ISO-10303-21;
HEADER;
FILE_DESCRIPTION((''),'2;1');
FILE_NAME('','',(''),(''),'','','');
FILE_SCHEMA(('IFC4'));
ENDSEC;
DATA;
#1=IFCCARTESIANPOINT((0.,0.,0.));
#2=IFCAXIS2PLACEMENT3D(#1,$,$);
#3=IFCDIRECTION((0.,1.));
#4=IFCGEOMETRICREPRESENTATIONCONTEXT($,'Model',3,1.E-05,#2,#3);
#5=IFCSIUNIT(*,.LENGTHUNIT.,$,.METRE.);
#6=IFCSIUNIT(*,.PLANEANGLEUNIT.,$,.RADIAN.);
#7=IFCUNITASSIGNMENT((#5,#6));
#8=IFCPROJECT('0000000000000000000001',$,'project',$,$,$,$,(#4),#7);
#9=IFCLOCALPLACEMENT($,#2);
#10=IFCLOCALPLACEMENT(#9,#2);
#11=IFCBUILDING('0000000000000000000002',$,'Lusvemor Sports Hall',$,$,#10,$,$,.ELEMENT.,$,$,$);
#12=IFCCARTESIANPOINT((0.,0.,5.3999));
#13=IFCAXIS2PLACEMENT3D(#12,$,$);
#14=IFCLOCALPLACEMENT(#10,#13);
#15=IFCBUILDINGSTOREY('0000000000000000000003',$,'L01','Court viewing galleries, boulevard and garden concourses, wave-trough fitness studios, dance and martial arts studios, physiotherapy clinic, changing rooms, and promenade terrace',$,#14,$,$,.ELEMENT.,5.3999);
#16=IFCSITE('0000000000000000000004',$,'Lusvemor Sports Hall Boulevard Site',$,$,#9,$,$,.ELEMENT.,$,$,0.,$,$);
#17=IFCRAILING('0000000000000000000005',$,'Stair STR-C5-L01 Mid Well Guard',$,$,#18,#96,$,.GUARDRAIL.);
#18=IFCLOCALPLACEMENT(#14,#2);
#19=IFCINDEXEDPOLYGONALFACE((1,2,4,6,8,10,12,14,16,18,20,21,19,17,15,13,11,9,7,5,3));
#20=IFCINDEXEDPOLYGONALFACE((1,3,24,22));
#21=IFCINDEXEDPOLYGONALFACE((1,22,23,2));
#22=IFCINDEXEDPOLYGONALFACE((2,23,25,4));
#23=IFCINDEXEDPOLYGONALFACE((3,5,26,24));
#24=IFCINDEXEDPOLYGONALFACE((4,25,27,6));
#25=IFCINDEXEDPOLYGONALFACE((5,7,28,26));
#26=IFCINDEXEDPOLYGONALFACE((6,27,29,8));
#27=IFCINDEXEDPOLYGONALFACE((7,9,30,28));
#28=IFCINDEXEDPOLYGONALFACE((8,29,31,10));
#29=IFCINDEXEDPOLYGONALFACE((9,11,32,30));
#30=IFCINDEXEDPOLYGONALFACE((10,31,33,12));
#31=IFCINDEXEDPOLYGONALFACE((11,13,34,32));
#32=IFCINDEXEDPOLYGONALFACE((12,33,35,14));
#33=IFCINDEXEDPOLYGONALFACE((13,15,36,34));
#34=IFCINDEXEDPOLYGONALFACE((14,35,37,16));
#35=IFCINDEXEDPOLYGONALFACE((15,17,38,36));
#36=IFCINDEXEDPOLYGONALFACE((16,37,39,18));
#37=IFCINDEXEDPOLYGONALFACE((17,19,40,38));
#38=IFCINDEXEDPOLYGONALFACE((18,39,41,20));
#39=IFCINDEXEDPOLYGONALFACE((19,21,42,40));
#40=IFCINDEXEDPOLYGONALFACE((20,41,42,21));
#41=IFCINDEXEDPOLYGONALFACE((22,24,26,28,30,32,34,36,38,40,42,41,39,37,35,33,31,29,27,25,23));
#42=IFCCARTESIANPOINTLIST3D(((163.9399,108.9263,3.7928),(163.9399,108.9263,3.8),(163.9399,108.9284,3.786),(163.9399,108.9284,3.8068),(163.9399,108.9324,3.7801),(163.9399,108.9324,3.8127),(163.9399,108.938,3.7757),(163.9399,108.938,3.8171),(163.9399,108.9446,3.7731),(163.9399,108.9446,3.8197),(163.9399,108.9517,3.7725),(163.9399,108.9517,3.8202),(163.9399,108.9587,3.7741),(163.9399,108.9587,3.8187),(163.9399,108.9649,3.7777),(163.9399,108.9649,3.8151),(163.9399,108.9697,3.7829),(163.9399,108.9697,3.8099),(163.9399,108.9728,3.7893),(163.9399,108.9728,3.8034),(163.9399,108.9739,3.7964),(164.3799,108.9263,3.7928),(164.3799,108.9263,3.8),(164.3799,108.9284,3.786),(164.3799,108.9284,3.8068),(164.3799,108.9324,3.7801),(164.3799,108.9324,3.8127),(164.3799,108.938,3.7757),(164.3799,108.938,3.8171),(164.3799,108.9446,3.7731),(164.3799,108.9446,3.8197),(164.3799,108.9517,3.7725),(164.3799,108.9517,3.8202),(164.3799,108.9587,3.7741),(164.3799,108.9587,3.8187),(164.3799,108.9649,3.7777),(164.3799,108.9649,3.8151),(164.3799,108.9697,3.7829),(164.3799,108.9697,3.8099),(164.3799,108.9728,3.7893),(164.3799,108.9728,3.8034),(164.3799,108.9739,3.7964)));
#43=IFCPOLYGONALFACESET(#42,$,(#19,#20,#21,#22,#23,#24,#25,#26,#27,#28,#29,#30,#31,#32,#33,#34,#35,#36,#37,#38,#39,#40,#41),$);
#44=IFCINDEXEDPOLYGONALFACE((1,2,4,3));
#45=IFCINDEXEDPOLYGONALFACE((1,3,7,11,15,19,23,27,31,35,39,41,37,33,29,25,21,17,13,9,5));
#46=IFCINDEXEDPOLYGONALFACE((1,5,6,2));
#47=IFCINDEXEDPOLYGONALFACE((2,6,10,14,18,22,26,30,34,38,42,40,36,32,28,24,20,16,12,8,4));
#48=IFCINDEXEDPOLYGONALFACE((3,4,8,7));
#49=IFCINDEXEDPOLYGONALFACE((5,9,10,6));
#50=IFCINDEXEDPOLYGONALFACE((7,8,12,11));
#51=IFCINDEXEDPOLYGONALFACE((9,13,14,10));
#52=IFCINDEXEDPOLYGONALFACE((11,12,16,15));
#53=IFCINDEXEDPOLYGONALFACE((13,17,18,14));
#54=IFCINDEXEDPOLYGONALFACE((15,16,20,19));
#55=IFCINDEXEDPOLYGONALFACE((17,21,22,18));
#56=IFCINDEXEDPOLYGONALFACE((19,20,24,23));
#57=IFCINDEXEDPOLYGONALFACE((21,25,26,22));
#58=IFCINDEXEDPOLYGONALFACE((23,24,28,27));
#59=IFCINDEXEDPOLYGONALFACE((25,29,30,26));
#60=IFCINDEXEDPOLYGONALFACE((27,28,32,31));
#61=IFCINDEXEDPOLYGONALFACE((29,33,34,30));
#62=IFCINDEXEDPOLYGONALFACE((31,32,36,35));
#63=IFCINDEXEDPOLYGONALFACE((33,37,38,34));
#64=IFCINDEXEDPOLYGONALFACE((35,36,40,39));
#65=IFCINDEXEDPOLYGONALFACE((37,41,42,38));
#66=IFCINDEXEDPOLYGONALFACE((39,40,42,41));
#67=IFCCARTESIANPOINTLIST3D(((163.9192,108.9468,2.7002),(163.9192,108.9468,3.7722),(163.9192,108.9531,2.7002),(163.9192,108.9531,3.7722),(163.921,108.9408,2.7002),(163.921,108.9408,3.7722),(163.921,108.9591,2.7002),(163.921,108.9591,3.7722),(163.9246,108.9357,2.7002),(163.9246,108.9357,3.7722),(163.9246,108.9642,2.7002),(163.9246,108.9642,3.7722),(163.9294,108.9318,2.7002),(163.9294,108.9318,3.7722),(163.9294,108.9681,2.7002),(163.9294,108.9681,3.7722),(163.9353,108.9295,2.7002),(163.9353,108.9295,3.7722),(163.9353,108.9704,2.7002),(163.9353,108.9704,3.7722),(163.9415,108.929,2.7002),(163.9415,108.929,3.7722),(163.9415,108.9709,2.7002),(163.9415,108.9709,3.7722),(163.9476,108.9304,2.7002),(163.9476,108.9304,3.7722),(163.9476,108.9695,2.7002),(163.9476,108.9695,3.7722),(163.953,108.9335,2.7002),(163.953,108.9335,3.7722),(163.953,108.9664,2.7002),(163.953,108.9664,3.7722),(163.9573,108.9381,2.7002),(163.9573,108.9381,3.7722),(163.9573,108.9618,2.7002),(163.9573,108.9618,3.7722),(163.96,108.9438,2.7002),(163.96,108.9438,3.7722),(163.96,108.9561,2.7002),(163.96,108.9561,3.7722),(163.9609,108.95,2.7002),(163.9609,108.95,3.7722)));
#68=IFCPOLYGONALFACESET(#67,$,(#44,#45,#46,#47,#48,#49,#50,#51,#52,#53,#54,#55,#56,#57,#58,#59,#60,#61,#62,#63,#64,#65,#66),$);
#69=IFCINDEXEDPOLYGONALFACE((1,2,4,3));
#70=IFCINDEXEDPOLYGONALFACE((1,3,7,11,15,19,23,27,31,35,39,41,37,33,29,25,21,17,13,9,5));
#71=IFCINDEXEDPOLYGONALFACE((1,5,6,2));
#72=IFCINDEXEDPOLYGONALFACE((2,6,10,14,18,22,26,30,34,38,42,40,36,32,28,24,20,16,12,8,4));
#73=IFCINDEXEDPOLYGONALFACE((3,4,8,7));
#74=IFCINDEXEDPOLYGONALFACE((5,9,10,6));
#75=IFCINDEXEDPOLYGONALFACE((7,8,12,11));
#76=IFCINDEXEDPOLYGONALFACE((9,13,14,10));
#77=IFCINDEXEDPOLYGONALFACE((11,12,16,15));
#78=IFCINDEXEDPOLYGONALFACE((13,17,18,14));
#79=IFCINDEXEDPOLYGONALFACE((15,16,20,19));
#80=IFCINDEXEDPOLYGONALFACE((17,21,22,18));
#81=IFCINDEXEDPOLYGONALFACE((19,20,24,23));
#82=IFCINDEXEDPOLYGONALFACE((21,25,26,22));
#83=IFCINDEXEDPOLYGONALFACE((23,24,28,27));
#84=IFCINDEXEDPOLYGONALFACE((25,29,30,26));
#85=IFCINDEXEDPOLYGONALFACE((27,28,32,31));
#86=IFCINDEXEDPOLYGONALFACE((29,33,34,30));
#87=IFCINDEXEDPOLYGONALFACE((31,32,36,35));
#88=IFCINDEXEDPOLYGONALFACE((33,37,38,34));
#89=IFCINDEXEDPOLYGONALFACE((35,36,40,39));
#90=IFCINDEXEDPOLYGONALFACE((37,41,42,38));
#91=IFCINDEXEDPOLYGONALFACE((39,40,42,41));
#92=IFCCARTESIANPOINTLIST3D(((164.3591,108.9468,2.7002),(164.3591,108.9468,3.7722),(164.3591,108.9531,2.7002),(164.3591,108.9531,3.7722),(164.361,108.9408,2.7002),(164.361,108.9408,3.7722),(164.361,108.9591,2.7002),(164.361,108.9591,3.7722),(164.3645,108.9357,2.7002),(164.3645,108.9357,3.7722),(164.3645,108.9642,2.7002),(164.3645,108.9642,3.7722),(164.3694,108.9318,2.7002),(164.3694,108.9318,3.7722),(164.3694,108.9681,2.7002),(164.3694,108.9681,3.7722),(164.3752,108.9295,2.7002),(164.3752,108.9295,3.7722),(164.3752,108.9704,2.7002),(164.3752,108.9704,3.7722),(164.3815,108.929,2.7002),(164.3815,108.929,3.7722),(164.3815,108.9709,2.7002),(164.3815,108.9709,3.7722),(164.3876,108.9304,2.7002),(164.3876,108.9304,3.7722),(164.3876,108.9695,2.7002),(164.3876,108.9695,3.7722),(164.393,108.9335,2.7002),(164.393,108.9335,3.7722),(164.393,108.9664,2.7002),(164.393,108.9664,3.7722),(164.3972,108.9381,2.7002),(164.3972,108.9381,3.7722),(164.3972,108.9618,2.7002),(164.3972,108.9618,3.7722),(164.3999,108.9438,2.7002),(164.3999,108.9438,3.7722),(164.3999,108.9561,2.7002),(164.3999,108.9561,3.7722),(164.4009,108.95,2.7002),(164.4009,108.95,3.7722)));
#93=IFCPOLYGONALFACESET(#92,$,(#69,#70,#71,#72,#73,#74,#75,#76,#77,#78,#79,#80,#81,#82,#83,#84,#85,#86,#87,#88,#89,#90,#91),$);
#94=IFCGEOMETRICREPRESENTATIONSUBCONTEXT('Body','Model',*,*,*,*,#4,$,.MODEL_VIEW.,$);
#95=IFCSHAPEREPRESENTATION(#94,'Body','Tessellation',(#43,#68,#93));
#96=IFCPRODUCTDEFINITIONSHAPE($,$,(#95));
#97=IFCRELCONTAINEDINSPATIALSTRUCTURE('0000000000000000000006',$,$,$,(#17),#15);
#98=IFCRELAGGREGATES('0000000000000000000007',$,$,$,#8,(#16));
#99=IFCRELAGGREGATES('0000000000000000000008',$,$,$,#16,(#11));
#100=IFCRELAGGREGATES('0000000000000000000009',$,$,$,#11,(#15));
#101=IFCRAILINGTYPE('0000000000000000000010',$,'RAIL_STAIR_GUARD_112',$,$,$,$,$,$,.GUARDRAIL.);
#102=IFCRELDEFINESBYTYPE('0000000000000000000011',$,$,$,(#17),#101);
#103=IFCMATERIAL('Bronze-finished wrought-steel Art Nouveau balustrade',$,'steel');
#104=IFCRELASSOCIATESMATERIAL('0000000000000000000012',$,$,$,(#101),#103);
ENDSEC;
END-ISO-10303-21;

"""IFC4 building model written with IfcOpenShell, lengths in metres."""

from ifc_helpers import new_model, si_unit, direction, frame, origin, origin_2d, place, context, subcontext, project, spatial, circle, extrude, material, type_object, element, save


model = new_model("IFC4")

# Units and contexts
model_context = context("Model", 3, precision=1e-05, world=origin(), true_north=direction((0.0, 1.0)))
body_context = subcontext(model_context, "Body", "Model", "MODEL_VIEW")
ifc_project = project(units=[si_unit("LENGTHUNIT", "METRE"), si_unit("PLANEANGLEUNIT", "RADIAN")], contexts=[model_context])

# Site, building, storey
site_placement = place(None, origin())
site = spatial("IfcSite", under=ifc_project, at=site_placement, Name="Lusvemor Sports Hall Boulevard Site", CompositionType="ELEMENT", RefElevation=0.0)
building_placement = place(site_placement, origin())
building = spatial("IfcBuilding", under=site, at=building_placement, Name="Lusvemor Sports Hall", CompositionType="ELEMENT")
storey_placement = place(building_placement, frame((0.0, 0.0, 5.3999)))
storey = spatial("IfcBuildingStorey", under=building, at=storey_placement, Name="L01", Description="Court viewing galleries, boulevard and garden concourses, wave-trough fitness studios, dance and martial arts studios, physiotherapy clinic, changing rooms, and promenade terrace", CompositionType="ELEMENT", Elevation=5.3999)

# Railing
ifc_material_1 = material(Name="Bronze-finished wrought-steel Art Nouveau balustrade", Category="steel")
railing_type_1 = type_object("IfcRailingType", Name="RAIL_STAIR_GUARD_112", PredefinedType="GUARDRAIL", material=ifc_material_1)
railing_1_placement = place(storey_placement, frame((163.9399, 108.95, 2.7002)))
element("IfcRailing", 1, at=railing_1_placement, inside=storey, type_object=railing_type_1, Name="Stair STR-C5-L01 Mid Well Guard", PredefinedType="GUARDRAIL", context=body_context, shape_type="SweptSolid", body=[
    extrude(circle(Radius=0.0239, at=origin_2d()), frame((0.0, 0.0, 1.0962), z_axis=(1.0, 0.0, 0.0), x_axis=(0.0, 1.0, 0.0)), (0.0, 0.0, 1.0), 0.4399),
    extrude(circle(Radius=0.021, at=origin_2d()), origin(), (0.0, 0.0, 1.0), 1.072),
    extrude(circle(Radius=0.021, at=origin_2d()), frame((0.4399, 0.0, 0.0)), (0.0, 0.0, 1.0), 1.072),
])

save(model, "model.ifc")
